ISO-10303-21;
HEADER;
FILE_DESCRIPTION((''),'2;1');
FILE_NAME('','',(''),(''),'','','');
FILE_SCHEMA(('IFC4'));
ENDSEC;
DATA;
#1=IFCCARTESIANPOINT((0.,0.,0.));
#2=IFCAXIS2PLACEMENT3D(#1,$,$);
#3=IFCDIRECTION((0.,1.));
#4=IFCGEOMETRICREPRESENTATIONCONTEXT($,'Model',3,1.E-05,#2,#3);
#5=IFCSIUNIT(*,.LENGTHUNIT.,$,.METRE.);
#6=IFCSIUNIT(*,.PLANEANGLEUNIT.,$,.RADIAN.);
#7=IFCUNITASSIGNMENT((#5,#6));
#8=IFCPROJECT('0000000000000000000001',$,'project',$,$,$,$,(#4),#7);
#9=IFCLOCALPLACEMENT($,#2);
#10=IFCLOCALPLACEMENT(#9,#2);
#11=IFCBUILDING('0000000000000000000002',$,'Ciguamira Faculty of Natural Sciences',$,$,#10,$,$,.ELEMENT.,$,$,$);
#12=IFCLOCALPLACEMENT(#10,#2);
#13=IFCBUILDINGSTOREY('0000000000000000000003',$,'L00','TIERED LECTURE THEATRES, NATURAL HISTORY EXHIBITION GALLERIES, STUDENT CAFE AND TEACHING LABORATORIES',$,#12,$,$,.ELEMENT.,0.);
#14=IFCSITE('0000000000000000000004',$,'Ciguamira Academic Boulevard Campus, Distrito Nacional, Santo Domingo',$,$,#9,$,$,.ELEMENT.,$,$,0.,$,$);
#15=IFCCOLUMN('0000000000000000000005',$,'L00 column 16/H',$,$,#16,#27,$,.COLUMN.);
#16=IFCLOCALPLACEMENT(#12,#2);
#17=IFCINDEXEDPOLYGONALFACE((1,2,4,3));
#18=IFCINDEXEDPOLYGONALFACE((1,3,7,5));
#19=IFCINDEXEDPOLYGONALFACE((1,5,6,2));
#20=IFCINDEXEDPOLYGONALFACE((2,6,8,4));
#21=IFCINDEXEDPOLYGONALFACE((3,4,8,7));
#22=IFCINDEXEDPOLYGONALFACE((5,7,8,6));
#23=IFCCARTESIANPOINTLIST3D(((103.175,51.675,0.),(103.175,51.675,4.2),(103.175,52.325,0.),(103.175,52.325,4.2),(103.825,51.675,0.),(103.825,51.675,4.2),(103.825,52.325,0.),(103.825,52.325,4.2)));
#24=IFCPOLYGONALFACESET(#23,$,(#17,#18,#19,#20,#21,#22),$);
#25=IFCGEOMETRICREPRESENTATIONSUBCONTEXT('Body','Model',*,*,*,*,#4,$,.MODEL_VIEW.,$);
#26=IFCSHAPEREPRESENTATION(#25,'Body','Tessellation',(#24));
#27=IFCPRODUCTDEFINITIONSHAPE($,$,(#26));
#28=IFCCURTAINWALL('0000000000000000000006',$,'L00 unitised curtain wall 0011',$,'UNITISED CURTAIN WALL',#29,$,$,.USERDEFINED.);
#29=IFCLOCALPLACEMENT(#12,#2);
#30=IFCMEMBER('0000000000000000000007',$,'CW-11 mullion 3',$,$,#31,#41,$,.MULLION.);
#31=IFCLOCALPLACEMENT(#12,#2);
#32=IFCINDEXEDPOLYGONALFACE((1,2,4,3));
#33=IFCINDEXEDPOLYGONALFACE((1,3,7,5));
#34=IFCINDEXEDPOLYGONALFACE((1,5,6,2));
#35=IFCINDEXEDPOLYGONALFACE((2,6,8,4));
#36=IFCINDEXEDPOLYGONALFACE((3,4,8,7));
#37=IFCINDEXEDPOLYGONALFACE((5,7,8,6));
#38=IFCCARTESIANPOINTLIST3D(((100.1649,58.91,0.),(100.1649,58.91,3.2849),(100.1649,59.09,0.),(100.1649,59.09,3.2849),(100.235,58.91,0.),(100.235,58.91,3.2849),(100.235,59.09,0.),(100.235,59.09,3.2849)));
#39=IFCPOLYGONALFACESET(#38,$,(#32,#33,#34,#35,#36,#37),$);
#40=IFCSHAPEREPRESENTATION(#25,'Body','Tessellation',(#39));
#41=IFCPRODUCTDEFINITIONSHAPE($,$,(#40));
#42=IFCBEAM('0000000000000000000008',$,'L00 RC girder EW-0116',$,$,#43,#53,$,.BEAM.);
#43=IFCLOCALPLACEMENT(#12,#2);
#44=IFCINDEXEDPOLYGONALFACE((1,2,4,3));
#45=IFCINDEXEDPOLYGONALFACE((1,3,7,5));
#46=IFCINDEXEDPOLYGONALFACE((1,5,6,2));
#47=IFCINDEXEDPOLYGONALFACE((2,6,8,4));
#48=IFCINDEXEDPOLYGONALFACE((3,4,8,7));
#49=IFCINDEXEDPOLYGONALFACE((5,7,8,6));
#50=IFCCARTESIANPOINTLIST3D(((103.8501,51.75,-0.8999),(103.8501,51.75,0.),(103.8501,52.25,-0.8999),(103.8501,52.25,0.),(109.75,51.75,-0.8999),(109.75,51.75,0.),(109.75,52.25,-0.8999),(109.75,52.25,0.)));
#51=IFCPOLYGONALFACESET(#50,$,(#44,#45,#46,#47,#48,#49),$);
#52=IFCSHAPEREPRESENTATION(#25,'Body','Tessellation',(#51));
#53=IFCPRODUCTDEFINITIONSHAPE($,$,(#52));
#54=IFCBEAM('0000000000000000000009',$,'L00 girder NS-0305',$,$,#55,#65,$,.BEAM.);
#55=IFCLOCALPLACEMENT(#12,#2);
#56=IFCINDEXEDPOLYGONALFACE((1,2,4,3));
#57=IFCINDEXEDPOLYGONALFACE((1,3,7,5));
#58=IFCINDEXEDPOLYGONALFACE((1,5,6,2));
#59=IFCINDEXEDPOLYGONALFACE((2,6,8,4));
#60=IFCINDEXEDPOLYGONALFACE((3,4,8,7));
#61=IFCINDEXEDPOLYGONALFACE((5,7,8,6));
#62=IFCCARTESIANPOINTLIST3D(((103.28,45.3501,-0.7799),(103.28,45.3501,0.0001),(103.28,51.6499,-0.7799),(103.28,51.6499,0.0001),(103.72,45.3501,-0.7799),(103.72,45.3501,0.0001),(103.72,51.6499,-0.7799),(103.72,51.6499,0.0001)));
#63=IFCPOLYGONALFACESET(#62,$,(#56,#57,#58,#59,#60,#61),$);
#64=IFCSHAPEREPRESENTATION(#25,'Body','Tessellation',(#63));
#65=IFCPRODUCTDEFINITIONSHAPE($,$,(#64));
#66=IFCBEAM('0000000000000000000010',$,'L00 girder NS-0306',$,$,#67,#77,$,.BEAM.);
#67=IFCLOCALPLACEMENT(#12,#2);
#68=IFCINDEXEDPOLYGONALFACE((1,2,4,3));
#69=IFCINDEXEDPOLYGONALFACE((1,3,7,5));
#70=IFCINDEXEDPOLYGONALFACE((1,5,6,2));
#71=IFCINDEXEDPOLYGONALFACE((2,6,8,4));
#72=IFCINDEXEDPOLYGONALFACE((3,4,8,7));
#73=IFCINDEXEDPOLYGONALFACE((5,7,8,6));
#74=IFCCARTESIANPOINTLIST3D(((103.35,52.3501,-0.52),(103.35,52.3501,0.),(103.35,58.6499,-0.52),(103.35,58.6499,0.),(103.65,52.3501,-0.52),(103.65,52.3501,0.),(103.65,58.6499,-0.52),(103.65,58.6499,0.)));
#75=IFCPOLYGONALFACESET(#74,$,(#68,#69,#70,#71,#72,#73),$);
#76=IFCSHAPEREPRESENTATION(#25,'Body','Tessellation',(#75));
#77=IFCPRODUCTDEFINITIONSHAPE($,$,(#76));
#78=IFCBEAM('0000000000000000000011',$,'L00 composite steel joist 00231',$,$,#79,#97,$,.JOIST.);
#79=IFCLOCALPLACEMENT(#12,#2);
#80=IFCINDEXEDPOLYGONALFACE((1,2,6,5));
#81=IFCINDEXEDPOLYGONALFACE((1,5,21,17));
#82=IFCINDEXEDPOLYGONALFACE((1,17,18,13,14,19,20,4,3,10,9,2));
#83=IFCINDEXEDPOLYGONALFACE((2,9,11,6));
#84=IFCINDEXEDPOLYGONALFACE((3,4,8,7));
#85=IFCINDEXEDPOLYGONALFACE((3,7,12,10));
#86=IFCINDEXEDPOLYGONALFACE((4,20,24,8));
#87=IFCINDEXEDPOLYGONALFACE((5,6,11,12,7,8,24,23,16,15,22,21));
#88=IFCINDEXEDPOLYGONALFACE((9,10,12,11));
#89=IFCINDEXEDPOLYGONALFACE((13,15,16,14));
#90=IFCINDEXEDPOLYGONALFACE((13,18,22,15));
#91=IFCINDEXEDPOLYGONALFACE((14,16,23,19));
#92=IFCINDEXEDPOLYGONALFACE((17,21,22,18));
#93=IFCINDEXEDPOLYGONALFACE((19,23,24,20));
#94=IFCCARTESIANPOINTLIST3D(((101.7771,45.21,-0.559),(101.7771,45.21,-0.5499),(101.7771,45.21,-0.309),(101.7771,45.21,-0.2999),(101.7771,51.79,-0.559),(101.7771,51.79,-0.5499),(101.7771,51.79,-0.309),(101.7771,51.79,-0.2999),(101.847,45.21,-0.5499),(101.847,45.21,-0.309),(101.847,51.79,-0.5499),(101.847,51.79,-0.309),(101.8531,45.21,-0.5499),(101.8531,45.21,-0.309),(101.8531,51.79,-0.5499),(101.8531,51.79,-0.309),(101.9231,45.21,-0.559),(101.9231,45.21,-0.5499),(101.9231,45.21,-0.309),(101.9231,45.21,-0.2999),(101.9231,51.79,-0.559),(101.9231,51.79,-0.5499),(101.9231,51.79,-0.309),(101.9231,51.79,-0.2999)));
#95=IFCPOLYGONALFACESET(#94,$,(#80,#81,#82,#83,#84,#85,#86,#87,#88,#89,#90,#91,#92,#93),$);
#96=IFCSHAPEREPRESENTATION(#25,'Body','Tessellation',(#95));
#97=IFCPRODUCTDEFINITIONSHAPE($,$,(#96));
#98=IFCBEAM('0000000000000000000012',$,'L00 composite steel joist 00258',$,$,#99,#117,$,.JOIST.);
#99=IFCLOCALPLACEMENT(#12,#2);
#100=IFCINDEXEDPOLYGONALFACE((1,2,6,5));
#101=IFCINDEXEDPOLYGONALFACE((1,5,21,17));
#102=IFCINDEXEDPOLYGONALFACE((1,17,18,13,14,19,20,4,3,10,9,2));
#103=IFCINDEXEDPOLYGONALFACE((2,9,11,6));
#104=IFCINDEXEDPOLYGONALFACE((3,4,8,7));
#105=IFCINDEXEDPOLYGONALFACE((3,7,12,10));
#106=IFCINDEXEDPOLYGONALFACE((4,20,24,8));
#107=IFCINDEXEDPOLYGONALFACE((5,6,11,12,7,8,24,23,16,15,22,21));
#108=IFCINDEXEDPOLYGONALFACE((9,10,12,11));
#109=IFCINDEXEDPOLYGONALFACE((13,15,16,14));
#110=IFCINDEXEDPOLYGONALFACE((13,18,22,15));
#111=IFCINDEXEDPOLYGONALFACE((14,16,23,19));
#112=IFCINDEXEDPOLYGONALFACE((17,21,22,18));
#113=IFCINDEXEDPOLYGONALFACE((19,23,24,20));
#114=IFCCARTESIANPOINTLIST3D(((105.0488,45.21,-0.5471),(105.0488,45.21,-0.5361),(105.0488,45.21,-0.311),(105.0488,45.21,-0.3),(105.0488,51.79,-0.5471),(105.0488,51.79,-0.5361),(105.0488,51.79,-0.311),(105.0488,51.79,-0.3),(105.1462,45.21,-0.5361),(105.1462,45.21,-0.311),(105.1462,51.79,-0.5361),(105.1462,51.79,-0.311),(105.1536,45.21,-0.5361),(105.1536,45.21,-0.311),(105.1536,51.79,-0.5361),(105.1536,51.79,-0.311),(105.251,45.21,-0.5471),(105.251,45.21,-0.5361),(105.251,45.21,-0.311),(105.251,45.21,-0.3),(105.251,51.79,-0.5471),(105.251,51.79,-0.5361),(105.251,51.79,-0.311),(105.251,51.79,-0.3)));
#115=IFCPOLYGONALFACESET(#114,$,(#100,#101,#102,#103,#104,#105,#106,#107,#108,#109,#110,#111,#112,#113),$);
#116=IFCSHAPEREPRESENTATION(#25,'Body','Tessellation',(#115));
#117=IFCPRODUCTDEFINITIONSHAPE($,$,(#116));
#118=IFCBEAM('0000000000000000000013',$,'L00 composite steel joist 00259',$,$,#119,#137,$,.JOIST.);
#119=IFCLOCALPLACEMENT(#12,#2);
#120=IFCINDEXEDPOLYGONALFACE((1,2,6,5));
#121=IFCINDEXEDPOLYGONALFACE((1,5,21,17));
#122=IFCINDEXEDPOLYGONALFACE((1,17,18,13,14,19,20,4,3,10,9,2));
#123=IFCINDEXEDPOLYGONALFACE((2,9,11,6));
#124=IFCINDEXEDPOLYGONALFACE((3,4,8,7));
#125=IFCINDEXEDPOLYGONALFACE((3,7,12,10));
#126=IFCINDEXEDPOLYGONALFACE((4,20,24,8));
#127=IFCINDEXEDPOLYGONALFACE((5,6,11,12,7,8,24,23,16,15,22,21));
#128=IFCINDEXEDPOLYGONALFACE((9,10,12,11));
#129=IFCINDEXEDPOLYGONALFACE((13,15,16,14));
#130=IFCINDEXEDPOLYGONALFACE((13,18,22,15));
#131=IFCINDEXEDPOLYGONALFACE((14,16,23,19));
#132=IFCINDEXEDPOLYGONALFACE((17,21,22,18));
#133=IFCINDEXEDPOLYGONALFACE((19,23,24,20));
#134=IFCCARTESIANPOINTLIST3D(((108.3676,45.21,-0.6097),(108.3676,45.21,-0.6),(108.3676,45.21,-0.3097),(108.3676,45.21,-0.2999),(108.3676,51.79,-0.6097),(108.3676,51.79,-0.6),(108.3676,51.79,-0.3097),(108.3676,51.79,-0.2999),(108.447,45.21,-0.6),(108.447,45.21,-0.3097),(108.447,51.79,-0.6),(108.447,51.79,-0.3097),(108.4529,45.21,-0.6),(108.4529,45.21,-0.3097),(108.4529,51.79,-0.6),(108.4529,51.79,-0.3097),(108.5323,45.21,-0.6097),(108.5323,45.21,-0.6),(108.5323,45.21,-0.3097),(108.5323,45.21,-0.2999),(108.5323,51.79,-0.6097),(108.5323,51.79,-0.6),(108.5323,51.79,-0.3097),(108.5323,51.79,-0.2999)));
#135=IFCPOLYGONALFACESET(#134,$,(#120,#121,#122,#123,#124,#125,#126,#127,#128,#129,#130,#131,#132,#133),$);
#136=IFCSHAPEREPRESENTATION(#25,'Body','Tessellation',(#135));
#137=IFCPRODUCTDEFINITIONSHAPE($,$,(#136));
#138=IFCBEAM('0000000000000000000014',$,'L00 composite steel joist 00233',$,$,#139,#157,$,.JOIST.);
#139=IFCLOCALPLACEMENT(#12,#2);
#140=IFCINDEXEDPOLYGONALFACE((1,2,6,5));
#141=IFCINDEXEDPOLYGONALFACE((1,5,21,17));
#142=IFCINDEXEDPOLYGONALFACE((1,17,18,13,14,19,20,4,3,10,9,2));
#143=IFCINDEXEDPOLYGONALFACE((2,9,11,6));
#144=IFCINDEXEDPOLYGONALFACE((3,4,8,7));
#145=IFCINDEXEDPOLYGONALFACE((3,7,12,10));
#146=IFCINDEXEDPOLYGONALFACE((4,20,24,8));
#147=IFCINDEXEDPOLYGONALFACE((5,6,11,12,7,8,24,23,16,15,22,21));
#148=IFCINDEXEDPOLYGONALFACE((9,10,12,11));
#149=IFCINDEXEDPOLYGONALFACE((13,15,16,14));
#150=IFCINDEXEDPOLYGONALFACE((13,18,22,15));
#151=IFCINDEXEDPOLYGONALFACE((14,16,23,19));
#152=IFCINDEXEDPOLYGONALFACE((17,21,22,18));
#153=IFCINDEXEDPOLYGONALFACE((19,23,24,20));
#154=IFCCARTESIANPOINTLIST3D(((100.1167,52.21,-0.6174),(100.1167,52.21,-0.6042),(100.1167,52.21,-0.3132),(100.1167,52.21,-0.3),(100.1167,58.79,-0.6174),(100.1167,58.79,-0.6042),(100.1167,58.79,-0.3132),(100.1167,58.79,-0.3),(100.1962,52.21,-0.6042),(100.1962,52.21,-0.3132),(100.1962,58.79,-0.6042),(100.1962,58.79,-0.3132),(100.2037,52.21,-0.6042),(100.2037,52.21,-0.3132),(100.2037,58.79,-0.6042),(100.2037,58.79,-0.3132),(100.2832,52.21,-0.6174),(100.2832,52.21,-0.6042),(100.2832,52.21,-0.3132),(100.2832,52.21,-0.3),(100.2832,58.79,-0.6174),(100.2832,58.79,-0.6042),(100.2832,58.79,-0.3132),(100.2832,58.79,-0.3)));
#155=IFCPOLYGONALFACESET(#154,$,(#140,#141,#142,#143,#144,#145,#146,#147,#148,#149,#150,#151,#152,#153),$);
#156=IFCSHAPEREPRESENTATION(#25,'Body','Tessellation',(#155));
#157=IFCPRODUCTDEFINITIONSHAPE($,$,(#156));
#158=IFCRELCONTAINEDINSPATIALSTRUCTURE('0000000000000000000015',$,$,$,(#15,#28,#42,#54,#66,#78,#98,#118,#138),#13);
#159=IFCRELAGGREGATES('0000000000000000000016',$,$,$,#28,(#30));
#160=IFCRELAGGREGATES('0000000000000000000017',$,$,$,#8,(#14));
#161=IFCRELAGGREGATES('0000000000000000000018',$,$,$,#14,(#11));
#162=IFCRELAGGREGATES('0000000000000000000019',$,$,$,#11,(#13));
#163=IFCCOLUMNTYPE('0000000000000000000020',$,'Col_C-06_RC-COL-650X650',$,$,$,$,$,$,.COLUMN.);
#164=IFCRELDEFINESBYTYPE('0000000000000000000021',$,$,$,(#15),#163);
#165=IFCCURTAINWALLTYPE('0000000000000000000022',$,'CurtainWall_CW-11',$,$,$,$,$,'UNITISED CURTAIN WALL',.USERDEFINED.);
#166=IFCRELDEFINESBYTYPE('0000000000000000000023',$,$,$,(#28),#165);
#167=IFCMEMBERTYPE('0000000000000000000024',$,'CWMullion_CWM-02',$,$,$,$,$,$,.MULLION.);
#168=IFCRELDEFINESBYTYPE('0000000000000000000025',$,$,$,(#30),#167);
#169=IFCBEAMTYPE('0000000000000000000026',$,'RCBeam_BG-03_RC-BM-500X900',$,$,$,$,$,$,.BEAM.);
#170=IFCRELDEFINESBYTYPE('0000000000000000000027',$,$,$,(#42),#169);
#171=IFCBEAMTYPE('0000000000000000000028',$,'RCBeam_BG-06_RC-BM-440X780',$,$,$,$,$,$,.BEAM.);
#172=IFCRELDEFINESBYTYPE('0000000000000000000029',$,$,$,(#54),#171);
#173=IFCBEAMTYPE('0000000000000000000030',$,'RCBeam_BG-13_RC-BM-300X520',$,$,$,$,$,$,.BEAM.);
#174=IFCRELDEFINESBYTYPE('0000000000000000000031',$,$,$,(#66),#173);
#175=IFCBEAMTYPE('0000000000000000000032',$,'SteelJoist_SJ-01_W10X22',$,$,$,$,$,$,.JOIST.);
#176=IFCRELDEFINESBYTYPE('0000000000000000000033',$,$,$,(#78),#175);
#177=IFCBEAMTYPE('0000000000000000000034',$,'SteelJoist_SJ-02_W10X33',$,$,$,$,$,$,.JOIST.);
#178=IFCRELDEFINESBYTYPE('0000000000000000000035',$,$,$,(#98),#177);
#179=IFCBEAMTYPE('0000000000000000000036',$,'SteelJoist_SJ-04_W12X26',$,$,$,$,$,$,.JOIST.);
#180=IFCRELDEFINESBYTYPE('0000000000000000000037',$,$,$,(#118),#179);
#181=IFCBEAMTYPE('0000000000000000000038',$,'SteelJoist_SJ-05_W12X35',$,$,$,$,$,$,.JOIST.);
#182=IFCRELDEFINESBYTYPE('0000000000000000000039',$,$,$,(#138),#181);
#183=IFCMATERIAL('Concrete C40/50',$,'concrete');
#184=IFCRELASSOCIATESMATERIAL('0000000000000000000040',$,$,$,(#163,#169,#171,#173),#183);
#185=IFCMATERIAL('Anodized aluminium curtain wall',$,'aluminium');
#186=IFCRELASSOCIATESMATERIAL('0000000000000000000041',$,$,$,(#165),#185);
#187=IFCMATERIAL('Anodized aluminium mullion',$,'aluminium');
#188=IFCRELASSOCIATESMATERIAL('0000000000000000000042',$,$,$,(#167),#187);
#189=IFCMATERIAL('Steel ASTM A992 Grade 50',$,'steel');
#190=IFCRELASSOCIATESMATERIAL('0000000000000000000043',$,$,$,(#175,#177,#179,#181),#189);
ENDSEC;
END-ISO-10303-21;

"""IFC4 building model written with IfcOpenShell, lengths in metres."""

from ifc_helpers import new_model, si_unit, direction, frame, origin, origin_2d, place, context, subcontext, project, spatial, rectangle, i_section, extrude, material, material_profile, profile_set, type_object, element, aggregate, save


model = new_model("IFC4")

# Units and contexts
model_context = context("Model", 3, precision=1e-05, world=origin(), true_north=direction((0.0, 1.0)))
body_context = subcontext(model_context, "Body", "Model", "MODEL_VIEW")
ifc_project = project(units=[si_unit("LENGTHUNIT", "METRE"), si_unit("PLANEANGLEUNIT", "RADIAN")], contexts=[model_context])

# Site, building, storey
site_placement = place(None, origin())
site = spatial("IfcSite", under=ifc_project, at=site_placement, Name="Ciguamira Academic Boulevard Campus, Distrito Nacional, Santo Domingo", CompositionType="ELEMENT", RefElevation=0.0)
building_placement = place(site_placement, origin())
building = spatial("IfcBuilding", under=site, at=building_placement, Name="Ciguamira Faculty of Natural Sciences", CompositionType="ELEMENT")
storey_placement = place(building_placement, origin())
storey = spatial("IfcBuildingStorey", under=building, at=storey_placement, Name="L00", Description="TIERED LECTURE THEATRES, NATURAL HISTORY EXHIBITION GALLERIES, STUDENT CAFE AND TEACHING LABORATORIES", CompositionType="ELEMENT", Elevation=0.0)

# Column
ifc_material_1 = material(Name="Concrete C40/50", Category="concrete")
ifc_material_profile_1 = material_profile(ifc_material_1, rectangle(XDim=0.6499, YDim=0.6499, at=origin_2d()), Name="RC-COL-650X650")
ifc_profile_set_1 = profile_set([ifc_material_profile_1], Name="Concrete C40/50")
column_type = type_object("IfcColumnType", Name="Col_C-06_RC-COL-650X650", PredefinedType="COLUMN", material=ifc_profile_set_1)
column_placement = place(storey_placement, frame((103.5, 52.0, 0.0), z_axis=(0.0, 0.0, 1.0), x_axis=(1.0, 0.0, 0.0)))
element("IfcColumn", 1, at=column_placement, inside=storey, type_object=column_type, Name="L00 column 16/H", PredefinedType="COLUMN", context=body_context, shape_type="SweptSolid", body=[
    extrude(rectangle(XDim=0.6499, YDim=0.6499, at=origin_2d()), origin(), (0.0, 0.0, 1.0), 4.2),
])

# Curtain wall, member
ifc_material_2 = material(Name="Anodized aluminium curtain wall", Category="aluminium")
curtain_wall_type = type_object("IfcCurtainWallType", Name="CurtainWall_CW-11", ElementType="UNITISED CURTAIN WALL", PredefinedType="USERDEFINED", material=ifc_material_2)
curtain_wall_placement = place(storey_placement, origin())
curtain_wall = element("IfcCurtainWall", 2, at=curtain_wall_placement, inside=storey, type_object=curtain_wall_type, Name="L00 unitised curtain wall 0011", ObjectType="UNITISED CURTAIN WALL", PredefinedType="USERDEFINED")
ifc_material_3 = material(Name="Anodized aluminium mullion", Category="aluminium")
ifc_material_profile_2 = material_profile(ifc_material_3, rectangle(XDim=0.0701, YDim=0.1799, at=origin_2d()), Name="ALU-MUL-70X180")
ifc_profile_set_2 = profile_set([ifc_material_profile_2], Name="Anodized aluminium mullion")
member_type = type_object("IfcMemberType", Name="CWMullion_CWM-02", PredefinedType="MULLION", material=ifc_profile_set_2)
member_placement = place(storey_placement, frame((100.2, 59.0, 0.0), z_axis=(0.0, 0.0, 1.0), x_axis=(1.0, 0.0, 0.0)))
member = element("IfcMember", 3, at=member_placement, type_object=member_type, Name="CW-11 mullion 3", PredefinedType="MULLION", context=body_context, shape_type="SweptSolid", body=[
    extrude(rectangle(XDim=0.0701, YDim=0.1799, at=origin_2d()), origin(), (0.0, 0.0, 1.0), 3.2849),
])
aggregate(curtain_wall, [member])

# Beams
ifc_material_profile_3 = material_profile(ifc_material_1, rectangle(XDim=0.5, YDim=0.8999, at=origin_2d()), Name="RC-BM-500X900")
ifc_profile_set_3 = profile_set([ifc_material_profile_3], Name="Concrete C40/50")
beam_type_1 = type_object("IfcBeamType", Name="RCBeam_BG-03_RC-BM-500X900", PredefinedType="BEAM", material=ifc_profile_set_3)
beam_1_placement = place(storey_placement, frame((103.8501, 52.0, -0.45), z_axis=(1.0, 0.0, 0.0), x_axis=(0.0, 1.0, 0.0)))
element("IfcBeam", 4, at=beam_1_placement, inside=storey, type_object=beam_type_1, Name="L00 RC girder EW-0116", PredefinedType="BEAM", context=body_context, shape_type="SweptSolid", body=[
    extrude(rectangle(XDim=0.5, YDim=0.8999, at=origin_2d()), origin(), (0.0, 0.0, 1.0), 5.8999),
])
ifc_material_profile_4 = material_profile(ifc_material_1, rectangle(XDim=0.4399, YDim=0.78, at=origin_2d()), Name="RC-BM-440X780")
ifc_profile_set_4 = profile_set([ifc_material_profile_4], Name="Concrete C40/50")
beam_type_2 = type_object("IfcBeamType", Name="RCBeam_BG-06_RC-BM-440X780", PredefinedType="BEAM", material=ifc_profile_set_4)
beam_2_placement = place(storey_placement, frame((103.5, 45.3501, -0.3899), z_axis=(0.0, 1.0, 0.0), x_axis=(-1.0, 0.0, 0.0)))
element("IfcBeam", 5, at=beam_2_placement, inside=storey, type_object=beam_type_2, Name="L00 girder NS-0305", PredefinedType="BEAM", context=body_context, shape_type="SweptSolid", body=[
    extrude(rectangle(XDim=0.4399, YDim=0.78, at=origin_2d()), origin(), (0.0, 0.0, 1.0), 6.2998),
])
ifc_material_profile_5 = material_profile(ifc_material_1, rectangle(XDim=0.3, YDim=0.52, at=origin_2d()), Name="RC-BM-300X520")
ifc_profile_set_5 = profile_set([ifc_material_profile_5], Name="Concrete C40/50")
beam_type_3 = type_object("IfcBeamType", Name="RCBeam_BG-13_RC-BM-300X520", PredefinedType="BEAM", material=ifc_profile_set_5)
beam_3_placement = place(storey_placement, frame((103.5, 52.3501, -0.26), z_axis=(0.0, 1.0, 0.0), x_axis=(-1.0, 0.0, 0.0)))
element("IfcBeam", 6, at=beam_3_placement, inside=storey, type_object=beam_type_3, Name="L00 girder NS-0306", PredefinedType="BEAM", context=body_context, shape_type="SweptSolid", body=[
    extrude(rectangle(XDim=0.3, YDim=0.52, at=origin_2d()), origin(), (0.0, 0.0, 1.0), 6.2998),
])
ifc_material_4 = material(Name="Steel ASTM A992 Grade 50", Category="steel")
ifc_material_profile_6 = material_profile(ifc_material_4, i_section(OverallWidth=0.146, OverallDepth=0.259, WebThickness=0.0061, FlangeThickness=0.009, at=origin_2d()), Name="W10X22")
ifc_profile_set_6 = profile_set([ifc_material_profile_6], Name="Steel ASTM A992 Grade 50")
beam_type_4 = type_object("IfcBeamType", Name="SteelJoist_SJ-01_W10X22", PredefinedType="JOIST", material=ifc_profile_set_6)
beam_4_placement = place(storey_placement, frame((101.8501, 45.21, -0.4294), z_axis=(0.0, 1.0, 0.0), x_axis=(-1.0, 0.0, 0.0)))
element("IfcBeam", 7, at=beam_4_placement, inside=storey, type_object=beam_type_4, Name="L00 composite steel joist 00231", PredefinedType="JOIST", context=body_context, shape_type="SweptSolid", body=[
    extrude(i_section(OverallWidth=0.146, OverallDepth=0.259, WebThickness=0.0061, FlangeThickness=0.009, at=origin_2d()), origin(), (0.0, 0.0, 1.0), 6.5801),
])
ifc_material_profile_7 = material_profile(ifc_material_4, i_section(OverallWidth=0.2021, OverallDepth=0.2471, WebThickness=0.0073, FlangeThickness=0.011, at=origin_2d()), Name="W10X33")
ifc_profile_set_7 = profile_set([ifc_material_profile_7], Name="Steel ASTM A992 Grade 50")
beam_type_5 = type_object("IfcBeamType", Name="SteelJoist_SJ-02_W10X33", PredefinedType="JOIST", material=ifc_profile_set_7)
beam_5_placement = place(storey_placement, frame((105.1499, 45.21, -0.4236), z_axis=(0.0, 1.0, 0.0), x_axis=(-1.0, 0.0, 0.0)))
element("IfcBeam", 8, at=beam_5_placement, inside=storey, type_object=beam_type_5, Name="L00 composite steel joist 00258", PredefinedType="JOIST", context=body_context, shape_type="SweptSolid", body=[
    extrude(i_section(OverallWidth=0.2021, OverallDepth=0.2471, WebThickness=0.0073, FlangeThickness=0.011, at=origin_2d()), origin(), (0.0, 0.0, 1.0), 6.5801),
])
ifc_material_profile_8 = material_profile(ifc_material_4, i_section(OverallWidth=0.1648, OverallDepth=0.3098, WebThickness=0.0059, FlangeThickness=0.0098, at=origin_2d()), Name="W12X26")
ifc_profile_set_8 = profile_set([ifc_material_profile_8], Name="Steel ASTM A992 Grade 50")
beam_type_6 = type_object("IfcBeamType", Name="SteelJoist_SJ-04_W12X26", PredefinedType="JOIST", material=ifc_profile_set_8)
beam_6_placement = place(storey_placement, frame((108.45, 45.21, -0.4548), z_axis=(0.0, 1.0, 0.0), x_axis=(-1.0, 0.0, 0.0)))
element("IfcBeam", 9, at=beam_6_placement, inside=storey, type_object=beam_type_6, Name="L00 composite steel joist 00259", PredefinedType="JOIST", context=body_context, shape_type="SweptSolid", body=[
    extrude(i_section(OverallWidth=0.1648, OverallDepth=0.3098, WebThickness=0.0059, FlangeThickness=0.0098, at=origin_2d()), origin(), (0.0, 0.0, 1.0), 6.5801),
])
ifc_material_profile_9 = material_profile(ifc_material_4, i_section(OverallWidth=0.1665, OverallDepth=0.3174, WebThickness=0.0076, FlangeThickness=0.0132, at=origin_2d()), Name="W12X35")
ifc_profile_set_9 = profile_set([ifc_material_profile_9], Name="Steel ASTM A992 Grade 50")
beam_type_7 = type_object("IfcBeamType", Name="SteelJoist_SJ-05_W12X35", PredefinedType="JOIST", material=ifc_profile_set_9)
beam_7_placement = place(storey_placement, frame((100.2, 52.21, -0.4587), z_axis=(0.0, 1.0, 0.0), x_axis=(-1.0, 0.0, 0.0)))
element("IfcBeam", 10, at=beam_7_placement, inside=storey, type_object=beam_type_7, Name="L00 composite steel joist 00233", PredefinedType="JOIST", context=body_context, shape_type="SweptSolid", body=[
    extrude(i_section(OverallWidth=0.1665, OverallDepth=0.3174, WebThickness=0.0076, FlangeThickness=0.0132, at=origin_2d()), origin(), (0.0, 0.0, 1.0), 6.5801),
])

save(model, "model.ifc")
